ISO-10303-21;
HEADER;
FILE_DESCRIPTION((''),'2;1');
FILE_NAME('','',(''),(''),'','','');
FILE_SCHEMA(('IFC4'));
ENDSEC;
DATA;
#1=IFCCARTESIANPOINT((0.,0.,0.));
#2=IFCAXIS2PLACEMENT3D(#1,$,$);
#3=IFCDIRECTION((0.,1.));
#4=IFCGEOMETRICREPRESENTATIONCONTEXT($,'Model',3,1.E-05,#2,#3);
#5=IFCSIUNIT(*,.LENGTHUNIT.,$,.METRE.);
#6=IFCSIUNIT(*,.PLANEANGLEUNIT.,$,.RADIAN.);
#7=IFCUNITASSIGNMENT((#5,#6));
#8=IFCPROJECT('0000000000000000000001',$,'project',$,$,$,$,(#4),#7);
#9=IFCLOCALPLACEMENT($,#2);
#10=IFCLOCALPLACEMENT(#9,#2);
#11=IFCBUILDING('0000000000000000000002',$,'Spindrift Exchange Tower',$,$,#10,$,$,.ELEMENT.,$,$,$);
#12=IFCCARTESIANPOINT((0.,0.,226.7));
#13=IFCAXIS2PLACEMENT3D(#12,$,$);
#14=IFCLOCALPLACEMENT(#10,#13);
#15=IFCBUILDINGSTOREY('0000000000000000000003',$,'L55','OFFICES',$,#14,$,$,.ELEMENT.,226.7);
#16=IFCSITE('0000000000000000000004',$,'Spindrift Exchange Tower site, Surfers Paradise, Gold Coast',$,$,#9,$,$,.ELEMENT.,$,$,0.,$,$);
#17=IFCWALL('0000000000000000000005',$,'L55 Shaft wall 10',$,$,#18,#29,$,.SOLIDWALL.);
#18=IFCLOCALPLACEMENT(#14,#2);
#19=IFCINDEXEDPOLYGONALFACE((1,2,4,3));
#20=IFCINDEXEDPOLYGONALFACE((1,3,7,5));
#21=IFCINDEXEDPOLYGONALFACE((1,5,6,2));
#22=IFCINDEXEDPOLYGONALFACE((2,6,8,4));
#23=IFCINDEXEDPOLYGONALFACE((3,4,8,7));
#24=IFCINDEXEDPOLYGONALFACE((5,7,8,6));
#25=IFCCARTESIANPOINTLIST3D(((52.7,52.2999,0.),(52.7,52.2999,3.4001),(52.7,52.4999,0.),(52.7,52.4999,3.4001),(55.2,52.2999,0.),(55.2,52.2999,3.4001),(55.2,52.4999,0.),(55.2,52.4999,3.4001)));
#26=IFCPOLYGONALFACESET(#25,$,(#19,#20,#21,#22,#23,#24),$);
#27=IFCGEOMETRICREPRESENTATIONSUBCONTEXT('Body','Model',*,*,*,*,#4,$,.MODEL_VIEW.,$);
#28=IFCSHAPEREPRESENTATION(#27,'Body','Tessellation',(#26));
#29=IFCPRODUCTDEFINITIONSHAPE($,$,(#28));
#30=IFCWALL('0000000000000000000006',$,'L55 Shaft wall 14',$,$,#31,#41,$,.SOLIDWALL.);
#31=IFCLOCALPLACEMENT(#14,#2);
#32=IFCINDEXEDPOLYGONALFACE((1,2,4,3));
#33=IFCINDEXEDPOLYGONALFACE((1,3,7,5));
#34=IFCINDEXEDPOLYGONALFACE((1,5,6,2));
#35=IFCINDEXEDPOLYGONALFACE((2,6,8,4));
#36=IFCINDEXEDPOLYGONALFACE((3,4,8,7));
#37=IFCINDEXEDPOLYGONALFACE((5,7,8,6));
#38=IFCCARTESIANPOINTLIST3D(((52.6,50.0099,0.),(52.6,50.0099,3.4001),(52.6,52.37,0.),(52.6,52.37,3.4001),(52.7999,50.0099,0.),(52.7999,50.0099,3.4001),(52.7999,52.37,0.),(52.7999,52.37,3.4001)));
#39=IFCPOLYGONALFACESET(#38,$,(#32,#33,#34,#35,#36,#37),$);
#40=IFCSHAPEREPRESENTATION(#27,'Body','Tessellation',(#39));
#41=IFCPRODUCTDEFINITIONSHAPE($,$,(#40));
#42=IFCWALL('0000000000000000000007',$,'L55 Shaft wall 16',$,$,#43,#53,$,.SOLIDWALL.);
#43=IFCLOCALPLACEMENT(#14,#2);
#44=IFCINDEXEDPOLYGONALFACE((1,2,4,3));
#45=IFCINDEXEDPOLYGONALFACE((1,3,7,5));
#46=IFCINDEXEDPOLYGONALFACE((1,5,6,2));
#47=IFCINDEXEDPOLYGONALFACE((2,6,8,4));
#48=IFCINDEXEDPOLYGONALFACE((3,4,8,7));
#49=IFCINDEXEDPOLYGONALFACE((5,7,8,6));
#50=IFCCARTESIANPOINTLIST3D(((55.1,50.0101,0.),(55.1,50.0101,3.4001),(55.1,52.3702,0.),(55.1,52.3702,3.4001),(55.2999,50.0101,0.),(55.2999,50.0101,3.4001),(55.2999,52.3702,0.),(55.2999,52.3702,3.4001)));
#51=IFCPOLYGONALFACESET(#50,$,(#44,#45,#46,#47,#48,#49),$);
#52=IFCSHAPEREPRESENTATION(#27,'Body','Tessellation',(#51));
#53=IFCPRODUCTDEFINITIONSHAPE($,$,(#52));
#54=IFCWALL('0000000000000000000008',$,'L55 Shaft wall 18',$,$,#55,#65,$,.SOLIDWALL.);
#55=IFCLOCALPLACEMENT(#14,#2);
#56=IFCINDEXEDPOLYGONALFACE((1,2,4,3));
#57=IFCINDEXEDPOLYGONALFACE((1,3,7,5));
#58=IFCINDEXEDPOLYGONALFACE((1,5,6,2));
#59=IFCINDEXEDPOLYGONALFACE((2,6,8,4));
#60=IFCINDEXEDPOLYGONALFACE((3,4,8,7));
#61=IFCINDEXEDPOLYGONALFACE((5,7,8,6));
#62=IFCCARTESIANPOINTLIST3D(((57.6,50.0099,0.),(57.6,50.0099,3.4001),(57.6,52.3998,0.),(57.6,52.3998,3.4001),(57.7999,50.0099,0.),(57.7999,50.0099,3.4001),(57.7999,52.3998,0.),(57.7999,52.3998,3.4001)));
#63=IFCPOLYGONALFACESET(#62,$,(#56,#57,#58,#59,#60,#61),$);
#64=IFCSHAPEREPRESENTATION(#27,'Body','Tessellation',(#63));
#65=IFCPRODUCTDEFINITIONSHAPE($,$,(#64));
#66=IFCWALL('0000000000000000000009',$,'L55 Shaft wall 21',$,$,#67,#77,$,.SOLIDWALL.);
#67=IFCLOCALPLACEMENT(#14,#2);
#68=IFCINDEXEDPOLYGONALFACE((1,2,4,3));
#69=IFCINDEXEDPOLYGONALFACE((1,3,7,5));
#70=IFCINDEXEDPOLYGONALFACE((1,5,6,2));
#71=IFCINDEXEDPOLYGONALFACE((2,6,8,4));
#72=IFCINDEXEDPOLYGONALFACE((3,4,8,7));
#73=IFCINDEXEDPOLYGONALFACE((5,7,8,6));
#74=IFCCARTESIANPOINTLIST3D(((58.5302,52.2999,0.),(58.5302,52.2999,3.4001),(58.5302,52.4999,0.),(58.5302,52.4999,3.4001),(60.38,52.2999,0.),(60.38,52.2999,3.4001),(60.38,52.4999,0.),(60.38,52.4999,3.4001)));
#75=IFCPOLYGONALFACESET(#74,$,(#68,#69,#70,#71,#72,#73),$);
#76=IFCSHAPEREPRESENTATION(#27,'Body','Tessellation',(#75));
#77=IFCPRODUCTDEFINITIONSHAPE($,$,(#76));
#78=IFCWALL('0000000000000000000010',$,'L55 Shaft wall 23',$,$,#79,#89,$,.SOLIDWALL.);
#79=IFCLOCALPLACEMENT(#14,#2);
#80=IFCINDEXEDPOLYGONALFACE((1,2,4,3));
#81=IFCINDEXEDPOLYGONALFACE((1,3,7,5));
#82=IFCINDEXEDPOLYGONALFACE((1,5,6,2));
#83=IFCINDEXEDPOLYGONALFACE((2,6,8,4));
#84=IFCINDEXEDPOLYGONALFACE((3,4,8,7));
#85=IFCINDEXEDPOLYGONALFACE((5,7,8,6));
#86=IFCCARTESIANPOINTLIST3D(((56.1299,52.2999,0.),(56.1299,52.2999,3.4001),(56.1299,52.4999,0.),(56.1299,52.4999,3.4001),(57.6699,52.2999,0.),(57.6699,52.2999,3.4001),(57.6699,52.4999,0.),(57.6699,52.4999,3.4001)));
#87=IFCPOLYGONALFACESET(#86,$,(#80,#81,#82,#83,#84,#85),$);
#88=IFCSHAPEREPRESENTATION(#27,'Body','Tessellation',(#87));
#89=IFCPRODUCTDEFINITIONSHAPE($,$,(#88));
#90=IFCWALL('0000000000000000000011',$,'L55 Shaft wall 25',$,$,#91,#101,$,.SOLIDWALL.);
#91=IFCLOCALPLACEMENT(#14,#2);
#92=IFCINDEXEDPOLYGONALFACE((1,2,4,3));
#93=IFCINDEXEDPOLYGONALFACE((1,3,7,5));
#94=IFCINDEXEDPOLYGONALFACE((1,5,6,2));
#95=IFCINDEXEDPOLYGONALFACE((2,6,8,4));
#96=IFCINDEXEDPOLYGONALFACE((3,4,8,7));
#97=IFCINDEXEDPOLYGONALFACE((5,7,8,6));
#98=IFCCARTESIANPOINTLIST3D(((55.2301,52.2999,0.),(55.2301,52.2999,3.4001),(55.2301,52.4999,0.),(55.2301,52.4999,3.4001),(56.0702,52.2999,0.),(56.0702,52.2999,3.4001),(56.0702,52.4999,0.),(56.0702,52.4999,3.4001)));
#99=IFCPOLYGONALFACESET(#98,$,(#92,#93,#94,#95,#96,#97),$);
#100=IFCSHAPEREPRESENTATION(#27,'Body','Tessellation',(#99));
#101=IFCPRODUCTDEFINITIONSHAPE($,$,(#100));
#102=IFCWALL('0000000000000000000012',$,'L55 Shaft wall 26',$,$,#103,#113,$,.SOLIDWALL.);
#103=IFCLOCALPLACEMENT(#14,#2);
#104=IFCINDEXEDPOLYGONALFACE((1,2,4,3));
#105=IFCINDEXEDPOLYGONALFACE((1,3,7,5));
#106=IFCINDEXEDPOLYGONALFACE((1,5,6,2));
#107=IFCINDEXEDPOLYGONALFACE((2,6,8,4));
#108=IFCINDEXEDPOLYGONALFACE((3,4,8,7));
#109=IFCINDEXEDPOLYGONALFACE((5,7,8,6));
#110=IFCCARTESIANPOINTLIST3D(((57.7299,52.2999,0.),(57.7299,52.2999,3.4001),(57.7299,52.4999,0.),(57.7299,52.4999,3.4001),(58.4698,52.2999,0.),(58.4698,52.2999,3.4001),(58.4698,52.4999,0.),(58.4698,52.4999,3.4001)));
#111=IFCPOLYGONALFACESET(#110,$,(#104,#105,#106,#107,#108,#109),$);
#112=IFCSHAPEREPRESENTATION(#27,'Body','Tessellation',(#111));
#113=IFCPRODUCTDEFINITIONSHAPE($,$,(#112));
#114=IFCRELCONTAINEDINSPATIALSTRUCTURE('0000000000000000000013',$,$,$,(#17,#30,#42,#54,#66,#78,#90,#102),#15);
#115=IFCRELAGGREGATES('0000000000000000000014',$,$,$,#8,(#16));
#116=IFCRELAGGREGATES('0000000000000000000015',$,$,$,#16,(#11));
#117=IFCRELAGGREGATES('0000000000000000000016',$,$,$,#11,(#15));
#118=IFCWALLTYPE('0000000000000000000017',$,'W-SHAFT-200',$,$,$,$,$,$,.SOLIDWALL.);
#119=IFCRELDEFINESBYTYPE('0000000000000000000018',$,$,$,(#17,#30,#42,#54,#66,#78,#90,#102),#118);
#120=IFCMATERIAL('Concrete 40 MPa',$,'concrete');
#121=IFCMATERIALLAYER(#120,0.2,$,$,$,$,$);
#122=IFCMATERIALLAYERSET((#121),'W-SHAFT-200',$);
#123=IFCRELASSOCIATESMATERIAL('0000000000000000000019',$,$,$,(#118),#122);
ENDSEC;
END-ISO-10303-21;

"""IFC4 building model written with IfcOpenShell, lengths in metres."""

from ifc_helpers import new_model, si_unit, direction, frame, frame_2d, origin, place, context, subcontext, project, spatial, rectangle, extrude, material, layer, layer_set, type_object, element, save


model = new_model("IFC4")

# Units and contexts
model_context = context("Model", 3, precision=1e-05, world=origin(), true_north=direction((0.0, 1.0)))
body_context = subcontext(model_context, "Body", "Model", "MODEL_VIEW")
ifc_project = project(units=[si_unit("LENGTHUNIT", "METRE"), si_unit("PLANEANGLEUNIT", "RADIAN")], contexts=[model_context])

# Site, building, storey
site_placement = place(None, origin())
site = spatial("IfcSite", under=ifc_project, at=site_placement, Name="Spindrift Exchange Tower site, Surfers Paradise, Gold Coast", CompositionType="ELEMENT", RefElevation=0.0)
building_placement = place(site_placement, origin())
building = spatial("IfcBuilding", under=site, at=building_placement, Name="Spindrift Exchange Tower", CompositionType="ELEMENT")
storey_placement = place(building_placement, frame((0.0, 0.0, 226.7)))
storey = spatial("IfcBuildingStorey", under=building, at=storey_placement, Name="L55", Description="OFFICES", CompositionType="ELEMENT", Elevation=226.7)

# Shared definitions
ifc_material_1 = material(Name="Concrete 40 MPa", Category="concrete")
ifc_layer_1 = layer(ifc_material_1, 0.2)
ifc_layer_set_1 = layer_set([ifc_layer_1], Name="W-SHAFT-200")
wall_type_1 = type_object("IfcWallType", Name="W-SHAFT-200", PredefinedType="SOLIDWALL", material=ifc_layer_set_1)

# Walls
wall_1_placement = place(storey_placement, frame((55.2, 52.3999, 0.0), z_axis=(0.0, 0.0, 1.0), x_axis=(-1.0, 0.0, 0.0)))
element("IfcWall", 1, at=wall_1_placement, inside=storey, type_object=wall_type_1, Name="L55 Shaft wall 10", PredefinedType="SOLIDWALL", context=body_context, shape_type="SweptSolid", body=[
    extrude(rectangle(XDim=2.5, YDim=0.2, at=frame_2d((1.25, 0.0))), origin(), (0.0, 0.0, 1.0), 3.4001),
])
for number, where, z_axis, x_axis, name in (
    (2, (52.7, 52.3701, 0.0), (0.0, 0.0, 1.0), (0.0, -1.0, 0.0), "L55 Shaft wall 14"),
    (3, (55.2, 50.01, 0.0), (0.0, 0.0, 1.0), (0.0, 1.0, 0.0), "L55 Shaft wall 16"),
):
    element("IfcWall", number, at=place(storey_placement, frame(where, z_axis=z_axis, x_axis=x_axis)), inside=storey, type_object=wall_type_1, Name=name, PredefinedType="SOLIDWALL", context=body_context, shape_type="SweptSolid", body=[
        extrude(rectangle(XDim=2.3601, YDim=0.2, at=frame_2d((1.1802, 0.0))), origin(), (0.0, 0.0, 1.0), 3.4001),
    ])
wall_2_placement = place(storey_placement, frame((57.7, 50.01, 0.0), z_axis=(0.0, 0.0, 1.0), x_axis=(0.0, 1.0, 0.0)))
element("IfcWall", 4, at=wall_2_placement, inside=storey, type_object=wall_type_1, Name="L55 Shaft wall 18", PredefinedType="SOLIDWALL", context=body_context, shape_type="SweptSolid", body=[
    extrude(rectangle(XDim=2.3899, YDim=0.2, at=frame_2d((1.1948, 0.0))), origin(), (0.0, 0.0, 1.0), 3.4001),
])
wall_3_placement = place(storey_placement, frame((60.3799, 52.3999, 0.0), z_axis=(0.0, 0.0, 1.0), x_axis=(-1.0, 0.0, 0.0)))
element("IfcWall", 5, at=wall_3_placement, inside=storey, type_object=wall_type_1, Name="L55 Shaft wall 21", PredefinedType="SOLIDWALL", context=body_context, shape_type="SweptSolid", body=[
    extrude(rectangle(XDim=1.8499, YDim=0.2, at=frame_2d((0.9248, 0.0))), origin(), (0.0, 0.0, 1.0), 3.4001),
])
wall_4_placement = place(storey_placement, frame((57.6699, 52.3999, 0.0), z_axis=(0.0, 0.0, 1.0), x_axis=(-1.0, 0.0, 0.0)))
element("IfcWall", 6, at=wall_4_placement, inside=storey, type_object=wall_type_1, Name="L55 Shaft wall 23", PredefinedType="SOLIDWALL", context=body_context, shape_type="SweptSolid", body=[
    extrude(rectangle(XDim=1.54, YDim=0.2, at=frame_2d((0.77, 0.0))), origin(), (0.0, 0.0, 1.0), 3.4001),
])
wall_5_placement = place(storey_placement, frame((56.0701, 52.3999, 0.0), z_axis=(0.0, 0.0, 1.0), x_axis=(-1.0, 0.0, 0.0)))
element("IfcWall", 7, at=wall_5_placement, inside=storey, type_object=wall_type_1, Name="L55 Shaft wall 25", PredefinedType="SOLIDWALL", context=body_context, shape_type="SweptSolid", body=[
    extrude(rectangle(XDim=0.8401, YDim=0.2, at=frame_2d((0.4199, 0.0))), origin(), (0.0, 0.0, 1.0), 3.4001),
])
wall_6_placement = place(storey_placement, frame((58.47, 52.3999, 0.0), z_axis=(0.0, 0.0, 1.0), x_axis=(-1.0, 0.0, 0.0)))
element("IfcWall", 8, at=wall_6_placement, inside=storey, type_object=wall_type_1, Name="L55 Shaft wall 26", PredefinedType="SOLIDWALL", context=body_context, shape_type="SweptSolid", body=[
    extrude(rectangle(XDim=0.74, YDim=0.2, at=frame_2d((0.3701, 0.0))), origin(), (0.0, 0.0, 1.0), 3.4001),
])

save(model, "model.ifc")
